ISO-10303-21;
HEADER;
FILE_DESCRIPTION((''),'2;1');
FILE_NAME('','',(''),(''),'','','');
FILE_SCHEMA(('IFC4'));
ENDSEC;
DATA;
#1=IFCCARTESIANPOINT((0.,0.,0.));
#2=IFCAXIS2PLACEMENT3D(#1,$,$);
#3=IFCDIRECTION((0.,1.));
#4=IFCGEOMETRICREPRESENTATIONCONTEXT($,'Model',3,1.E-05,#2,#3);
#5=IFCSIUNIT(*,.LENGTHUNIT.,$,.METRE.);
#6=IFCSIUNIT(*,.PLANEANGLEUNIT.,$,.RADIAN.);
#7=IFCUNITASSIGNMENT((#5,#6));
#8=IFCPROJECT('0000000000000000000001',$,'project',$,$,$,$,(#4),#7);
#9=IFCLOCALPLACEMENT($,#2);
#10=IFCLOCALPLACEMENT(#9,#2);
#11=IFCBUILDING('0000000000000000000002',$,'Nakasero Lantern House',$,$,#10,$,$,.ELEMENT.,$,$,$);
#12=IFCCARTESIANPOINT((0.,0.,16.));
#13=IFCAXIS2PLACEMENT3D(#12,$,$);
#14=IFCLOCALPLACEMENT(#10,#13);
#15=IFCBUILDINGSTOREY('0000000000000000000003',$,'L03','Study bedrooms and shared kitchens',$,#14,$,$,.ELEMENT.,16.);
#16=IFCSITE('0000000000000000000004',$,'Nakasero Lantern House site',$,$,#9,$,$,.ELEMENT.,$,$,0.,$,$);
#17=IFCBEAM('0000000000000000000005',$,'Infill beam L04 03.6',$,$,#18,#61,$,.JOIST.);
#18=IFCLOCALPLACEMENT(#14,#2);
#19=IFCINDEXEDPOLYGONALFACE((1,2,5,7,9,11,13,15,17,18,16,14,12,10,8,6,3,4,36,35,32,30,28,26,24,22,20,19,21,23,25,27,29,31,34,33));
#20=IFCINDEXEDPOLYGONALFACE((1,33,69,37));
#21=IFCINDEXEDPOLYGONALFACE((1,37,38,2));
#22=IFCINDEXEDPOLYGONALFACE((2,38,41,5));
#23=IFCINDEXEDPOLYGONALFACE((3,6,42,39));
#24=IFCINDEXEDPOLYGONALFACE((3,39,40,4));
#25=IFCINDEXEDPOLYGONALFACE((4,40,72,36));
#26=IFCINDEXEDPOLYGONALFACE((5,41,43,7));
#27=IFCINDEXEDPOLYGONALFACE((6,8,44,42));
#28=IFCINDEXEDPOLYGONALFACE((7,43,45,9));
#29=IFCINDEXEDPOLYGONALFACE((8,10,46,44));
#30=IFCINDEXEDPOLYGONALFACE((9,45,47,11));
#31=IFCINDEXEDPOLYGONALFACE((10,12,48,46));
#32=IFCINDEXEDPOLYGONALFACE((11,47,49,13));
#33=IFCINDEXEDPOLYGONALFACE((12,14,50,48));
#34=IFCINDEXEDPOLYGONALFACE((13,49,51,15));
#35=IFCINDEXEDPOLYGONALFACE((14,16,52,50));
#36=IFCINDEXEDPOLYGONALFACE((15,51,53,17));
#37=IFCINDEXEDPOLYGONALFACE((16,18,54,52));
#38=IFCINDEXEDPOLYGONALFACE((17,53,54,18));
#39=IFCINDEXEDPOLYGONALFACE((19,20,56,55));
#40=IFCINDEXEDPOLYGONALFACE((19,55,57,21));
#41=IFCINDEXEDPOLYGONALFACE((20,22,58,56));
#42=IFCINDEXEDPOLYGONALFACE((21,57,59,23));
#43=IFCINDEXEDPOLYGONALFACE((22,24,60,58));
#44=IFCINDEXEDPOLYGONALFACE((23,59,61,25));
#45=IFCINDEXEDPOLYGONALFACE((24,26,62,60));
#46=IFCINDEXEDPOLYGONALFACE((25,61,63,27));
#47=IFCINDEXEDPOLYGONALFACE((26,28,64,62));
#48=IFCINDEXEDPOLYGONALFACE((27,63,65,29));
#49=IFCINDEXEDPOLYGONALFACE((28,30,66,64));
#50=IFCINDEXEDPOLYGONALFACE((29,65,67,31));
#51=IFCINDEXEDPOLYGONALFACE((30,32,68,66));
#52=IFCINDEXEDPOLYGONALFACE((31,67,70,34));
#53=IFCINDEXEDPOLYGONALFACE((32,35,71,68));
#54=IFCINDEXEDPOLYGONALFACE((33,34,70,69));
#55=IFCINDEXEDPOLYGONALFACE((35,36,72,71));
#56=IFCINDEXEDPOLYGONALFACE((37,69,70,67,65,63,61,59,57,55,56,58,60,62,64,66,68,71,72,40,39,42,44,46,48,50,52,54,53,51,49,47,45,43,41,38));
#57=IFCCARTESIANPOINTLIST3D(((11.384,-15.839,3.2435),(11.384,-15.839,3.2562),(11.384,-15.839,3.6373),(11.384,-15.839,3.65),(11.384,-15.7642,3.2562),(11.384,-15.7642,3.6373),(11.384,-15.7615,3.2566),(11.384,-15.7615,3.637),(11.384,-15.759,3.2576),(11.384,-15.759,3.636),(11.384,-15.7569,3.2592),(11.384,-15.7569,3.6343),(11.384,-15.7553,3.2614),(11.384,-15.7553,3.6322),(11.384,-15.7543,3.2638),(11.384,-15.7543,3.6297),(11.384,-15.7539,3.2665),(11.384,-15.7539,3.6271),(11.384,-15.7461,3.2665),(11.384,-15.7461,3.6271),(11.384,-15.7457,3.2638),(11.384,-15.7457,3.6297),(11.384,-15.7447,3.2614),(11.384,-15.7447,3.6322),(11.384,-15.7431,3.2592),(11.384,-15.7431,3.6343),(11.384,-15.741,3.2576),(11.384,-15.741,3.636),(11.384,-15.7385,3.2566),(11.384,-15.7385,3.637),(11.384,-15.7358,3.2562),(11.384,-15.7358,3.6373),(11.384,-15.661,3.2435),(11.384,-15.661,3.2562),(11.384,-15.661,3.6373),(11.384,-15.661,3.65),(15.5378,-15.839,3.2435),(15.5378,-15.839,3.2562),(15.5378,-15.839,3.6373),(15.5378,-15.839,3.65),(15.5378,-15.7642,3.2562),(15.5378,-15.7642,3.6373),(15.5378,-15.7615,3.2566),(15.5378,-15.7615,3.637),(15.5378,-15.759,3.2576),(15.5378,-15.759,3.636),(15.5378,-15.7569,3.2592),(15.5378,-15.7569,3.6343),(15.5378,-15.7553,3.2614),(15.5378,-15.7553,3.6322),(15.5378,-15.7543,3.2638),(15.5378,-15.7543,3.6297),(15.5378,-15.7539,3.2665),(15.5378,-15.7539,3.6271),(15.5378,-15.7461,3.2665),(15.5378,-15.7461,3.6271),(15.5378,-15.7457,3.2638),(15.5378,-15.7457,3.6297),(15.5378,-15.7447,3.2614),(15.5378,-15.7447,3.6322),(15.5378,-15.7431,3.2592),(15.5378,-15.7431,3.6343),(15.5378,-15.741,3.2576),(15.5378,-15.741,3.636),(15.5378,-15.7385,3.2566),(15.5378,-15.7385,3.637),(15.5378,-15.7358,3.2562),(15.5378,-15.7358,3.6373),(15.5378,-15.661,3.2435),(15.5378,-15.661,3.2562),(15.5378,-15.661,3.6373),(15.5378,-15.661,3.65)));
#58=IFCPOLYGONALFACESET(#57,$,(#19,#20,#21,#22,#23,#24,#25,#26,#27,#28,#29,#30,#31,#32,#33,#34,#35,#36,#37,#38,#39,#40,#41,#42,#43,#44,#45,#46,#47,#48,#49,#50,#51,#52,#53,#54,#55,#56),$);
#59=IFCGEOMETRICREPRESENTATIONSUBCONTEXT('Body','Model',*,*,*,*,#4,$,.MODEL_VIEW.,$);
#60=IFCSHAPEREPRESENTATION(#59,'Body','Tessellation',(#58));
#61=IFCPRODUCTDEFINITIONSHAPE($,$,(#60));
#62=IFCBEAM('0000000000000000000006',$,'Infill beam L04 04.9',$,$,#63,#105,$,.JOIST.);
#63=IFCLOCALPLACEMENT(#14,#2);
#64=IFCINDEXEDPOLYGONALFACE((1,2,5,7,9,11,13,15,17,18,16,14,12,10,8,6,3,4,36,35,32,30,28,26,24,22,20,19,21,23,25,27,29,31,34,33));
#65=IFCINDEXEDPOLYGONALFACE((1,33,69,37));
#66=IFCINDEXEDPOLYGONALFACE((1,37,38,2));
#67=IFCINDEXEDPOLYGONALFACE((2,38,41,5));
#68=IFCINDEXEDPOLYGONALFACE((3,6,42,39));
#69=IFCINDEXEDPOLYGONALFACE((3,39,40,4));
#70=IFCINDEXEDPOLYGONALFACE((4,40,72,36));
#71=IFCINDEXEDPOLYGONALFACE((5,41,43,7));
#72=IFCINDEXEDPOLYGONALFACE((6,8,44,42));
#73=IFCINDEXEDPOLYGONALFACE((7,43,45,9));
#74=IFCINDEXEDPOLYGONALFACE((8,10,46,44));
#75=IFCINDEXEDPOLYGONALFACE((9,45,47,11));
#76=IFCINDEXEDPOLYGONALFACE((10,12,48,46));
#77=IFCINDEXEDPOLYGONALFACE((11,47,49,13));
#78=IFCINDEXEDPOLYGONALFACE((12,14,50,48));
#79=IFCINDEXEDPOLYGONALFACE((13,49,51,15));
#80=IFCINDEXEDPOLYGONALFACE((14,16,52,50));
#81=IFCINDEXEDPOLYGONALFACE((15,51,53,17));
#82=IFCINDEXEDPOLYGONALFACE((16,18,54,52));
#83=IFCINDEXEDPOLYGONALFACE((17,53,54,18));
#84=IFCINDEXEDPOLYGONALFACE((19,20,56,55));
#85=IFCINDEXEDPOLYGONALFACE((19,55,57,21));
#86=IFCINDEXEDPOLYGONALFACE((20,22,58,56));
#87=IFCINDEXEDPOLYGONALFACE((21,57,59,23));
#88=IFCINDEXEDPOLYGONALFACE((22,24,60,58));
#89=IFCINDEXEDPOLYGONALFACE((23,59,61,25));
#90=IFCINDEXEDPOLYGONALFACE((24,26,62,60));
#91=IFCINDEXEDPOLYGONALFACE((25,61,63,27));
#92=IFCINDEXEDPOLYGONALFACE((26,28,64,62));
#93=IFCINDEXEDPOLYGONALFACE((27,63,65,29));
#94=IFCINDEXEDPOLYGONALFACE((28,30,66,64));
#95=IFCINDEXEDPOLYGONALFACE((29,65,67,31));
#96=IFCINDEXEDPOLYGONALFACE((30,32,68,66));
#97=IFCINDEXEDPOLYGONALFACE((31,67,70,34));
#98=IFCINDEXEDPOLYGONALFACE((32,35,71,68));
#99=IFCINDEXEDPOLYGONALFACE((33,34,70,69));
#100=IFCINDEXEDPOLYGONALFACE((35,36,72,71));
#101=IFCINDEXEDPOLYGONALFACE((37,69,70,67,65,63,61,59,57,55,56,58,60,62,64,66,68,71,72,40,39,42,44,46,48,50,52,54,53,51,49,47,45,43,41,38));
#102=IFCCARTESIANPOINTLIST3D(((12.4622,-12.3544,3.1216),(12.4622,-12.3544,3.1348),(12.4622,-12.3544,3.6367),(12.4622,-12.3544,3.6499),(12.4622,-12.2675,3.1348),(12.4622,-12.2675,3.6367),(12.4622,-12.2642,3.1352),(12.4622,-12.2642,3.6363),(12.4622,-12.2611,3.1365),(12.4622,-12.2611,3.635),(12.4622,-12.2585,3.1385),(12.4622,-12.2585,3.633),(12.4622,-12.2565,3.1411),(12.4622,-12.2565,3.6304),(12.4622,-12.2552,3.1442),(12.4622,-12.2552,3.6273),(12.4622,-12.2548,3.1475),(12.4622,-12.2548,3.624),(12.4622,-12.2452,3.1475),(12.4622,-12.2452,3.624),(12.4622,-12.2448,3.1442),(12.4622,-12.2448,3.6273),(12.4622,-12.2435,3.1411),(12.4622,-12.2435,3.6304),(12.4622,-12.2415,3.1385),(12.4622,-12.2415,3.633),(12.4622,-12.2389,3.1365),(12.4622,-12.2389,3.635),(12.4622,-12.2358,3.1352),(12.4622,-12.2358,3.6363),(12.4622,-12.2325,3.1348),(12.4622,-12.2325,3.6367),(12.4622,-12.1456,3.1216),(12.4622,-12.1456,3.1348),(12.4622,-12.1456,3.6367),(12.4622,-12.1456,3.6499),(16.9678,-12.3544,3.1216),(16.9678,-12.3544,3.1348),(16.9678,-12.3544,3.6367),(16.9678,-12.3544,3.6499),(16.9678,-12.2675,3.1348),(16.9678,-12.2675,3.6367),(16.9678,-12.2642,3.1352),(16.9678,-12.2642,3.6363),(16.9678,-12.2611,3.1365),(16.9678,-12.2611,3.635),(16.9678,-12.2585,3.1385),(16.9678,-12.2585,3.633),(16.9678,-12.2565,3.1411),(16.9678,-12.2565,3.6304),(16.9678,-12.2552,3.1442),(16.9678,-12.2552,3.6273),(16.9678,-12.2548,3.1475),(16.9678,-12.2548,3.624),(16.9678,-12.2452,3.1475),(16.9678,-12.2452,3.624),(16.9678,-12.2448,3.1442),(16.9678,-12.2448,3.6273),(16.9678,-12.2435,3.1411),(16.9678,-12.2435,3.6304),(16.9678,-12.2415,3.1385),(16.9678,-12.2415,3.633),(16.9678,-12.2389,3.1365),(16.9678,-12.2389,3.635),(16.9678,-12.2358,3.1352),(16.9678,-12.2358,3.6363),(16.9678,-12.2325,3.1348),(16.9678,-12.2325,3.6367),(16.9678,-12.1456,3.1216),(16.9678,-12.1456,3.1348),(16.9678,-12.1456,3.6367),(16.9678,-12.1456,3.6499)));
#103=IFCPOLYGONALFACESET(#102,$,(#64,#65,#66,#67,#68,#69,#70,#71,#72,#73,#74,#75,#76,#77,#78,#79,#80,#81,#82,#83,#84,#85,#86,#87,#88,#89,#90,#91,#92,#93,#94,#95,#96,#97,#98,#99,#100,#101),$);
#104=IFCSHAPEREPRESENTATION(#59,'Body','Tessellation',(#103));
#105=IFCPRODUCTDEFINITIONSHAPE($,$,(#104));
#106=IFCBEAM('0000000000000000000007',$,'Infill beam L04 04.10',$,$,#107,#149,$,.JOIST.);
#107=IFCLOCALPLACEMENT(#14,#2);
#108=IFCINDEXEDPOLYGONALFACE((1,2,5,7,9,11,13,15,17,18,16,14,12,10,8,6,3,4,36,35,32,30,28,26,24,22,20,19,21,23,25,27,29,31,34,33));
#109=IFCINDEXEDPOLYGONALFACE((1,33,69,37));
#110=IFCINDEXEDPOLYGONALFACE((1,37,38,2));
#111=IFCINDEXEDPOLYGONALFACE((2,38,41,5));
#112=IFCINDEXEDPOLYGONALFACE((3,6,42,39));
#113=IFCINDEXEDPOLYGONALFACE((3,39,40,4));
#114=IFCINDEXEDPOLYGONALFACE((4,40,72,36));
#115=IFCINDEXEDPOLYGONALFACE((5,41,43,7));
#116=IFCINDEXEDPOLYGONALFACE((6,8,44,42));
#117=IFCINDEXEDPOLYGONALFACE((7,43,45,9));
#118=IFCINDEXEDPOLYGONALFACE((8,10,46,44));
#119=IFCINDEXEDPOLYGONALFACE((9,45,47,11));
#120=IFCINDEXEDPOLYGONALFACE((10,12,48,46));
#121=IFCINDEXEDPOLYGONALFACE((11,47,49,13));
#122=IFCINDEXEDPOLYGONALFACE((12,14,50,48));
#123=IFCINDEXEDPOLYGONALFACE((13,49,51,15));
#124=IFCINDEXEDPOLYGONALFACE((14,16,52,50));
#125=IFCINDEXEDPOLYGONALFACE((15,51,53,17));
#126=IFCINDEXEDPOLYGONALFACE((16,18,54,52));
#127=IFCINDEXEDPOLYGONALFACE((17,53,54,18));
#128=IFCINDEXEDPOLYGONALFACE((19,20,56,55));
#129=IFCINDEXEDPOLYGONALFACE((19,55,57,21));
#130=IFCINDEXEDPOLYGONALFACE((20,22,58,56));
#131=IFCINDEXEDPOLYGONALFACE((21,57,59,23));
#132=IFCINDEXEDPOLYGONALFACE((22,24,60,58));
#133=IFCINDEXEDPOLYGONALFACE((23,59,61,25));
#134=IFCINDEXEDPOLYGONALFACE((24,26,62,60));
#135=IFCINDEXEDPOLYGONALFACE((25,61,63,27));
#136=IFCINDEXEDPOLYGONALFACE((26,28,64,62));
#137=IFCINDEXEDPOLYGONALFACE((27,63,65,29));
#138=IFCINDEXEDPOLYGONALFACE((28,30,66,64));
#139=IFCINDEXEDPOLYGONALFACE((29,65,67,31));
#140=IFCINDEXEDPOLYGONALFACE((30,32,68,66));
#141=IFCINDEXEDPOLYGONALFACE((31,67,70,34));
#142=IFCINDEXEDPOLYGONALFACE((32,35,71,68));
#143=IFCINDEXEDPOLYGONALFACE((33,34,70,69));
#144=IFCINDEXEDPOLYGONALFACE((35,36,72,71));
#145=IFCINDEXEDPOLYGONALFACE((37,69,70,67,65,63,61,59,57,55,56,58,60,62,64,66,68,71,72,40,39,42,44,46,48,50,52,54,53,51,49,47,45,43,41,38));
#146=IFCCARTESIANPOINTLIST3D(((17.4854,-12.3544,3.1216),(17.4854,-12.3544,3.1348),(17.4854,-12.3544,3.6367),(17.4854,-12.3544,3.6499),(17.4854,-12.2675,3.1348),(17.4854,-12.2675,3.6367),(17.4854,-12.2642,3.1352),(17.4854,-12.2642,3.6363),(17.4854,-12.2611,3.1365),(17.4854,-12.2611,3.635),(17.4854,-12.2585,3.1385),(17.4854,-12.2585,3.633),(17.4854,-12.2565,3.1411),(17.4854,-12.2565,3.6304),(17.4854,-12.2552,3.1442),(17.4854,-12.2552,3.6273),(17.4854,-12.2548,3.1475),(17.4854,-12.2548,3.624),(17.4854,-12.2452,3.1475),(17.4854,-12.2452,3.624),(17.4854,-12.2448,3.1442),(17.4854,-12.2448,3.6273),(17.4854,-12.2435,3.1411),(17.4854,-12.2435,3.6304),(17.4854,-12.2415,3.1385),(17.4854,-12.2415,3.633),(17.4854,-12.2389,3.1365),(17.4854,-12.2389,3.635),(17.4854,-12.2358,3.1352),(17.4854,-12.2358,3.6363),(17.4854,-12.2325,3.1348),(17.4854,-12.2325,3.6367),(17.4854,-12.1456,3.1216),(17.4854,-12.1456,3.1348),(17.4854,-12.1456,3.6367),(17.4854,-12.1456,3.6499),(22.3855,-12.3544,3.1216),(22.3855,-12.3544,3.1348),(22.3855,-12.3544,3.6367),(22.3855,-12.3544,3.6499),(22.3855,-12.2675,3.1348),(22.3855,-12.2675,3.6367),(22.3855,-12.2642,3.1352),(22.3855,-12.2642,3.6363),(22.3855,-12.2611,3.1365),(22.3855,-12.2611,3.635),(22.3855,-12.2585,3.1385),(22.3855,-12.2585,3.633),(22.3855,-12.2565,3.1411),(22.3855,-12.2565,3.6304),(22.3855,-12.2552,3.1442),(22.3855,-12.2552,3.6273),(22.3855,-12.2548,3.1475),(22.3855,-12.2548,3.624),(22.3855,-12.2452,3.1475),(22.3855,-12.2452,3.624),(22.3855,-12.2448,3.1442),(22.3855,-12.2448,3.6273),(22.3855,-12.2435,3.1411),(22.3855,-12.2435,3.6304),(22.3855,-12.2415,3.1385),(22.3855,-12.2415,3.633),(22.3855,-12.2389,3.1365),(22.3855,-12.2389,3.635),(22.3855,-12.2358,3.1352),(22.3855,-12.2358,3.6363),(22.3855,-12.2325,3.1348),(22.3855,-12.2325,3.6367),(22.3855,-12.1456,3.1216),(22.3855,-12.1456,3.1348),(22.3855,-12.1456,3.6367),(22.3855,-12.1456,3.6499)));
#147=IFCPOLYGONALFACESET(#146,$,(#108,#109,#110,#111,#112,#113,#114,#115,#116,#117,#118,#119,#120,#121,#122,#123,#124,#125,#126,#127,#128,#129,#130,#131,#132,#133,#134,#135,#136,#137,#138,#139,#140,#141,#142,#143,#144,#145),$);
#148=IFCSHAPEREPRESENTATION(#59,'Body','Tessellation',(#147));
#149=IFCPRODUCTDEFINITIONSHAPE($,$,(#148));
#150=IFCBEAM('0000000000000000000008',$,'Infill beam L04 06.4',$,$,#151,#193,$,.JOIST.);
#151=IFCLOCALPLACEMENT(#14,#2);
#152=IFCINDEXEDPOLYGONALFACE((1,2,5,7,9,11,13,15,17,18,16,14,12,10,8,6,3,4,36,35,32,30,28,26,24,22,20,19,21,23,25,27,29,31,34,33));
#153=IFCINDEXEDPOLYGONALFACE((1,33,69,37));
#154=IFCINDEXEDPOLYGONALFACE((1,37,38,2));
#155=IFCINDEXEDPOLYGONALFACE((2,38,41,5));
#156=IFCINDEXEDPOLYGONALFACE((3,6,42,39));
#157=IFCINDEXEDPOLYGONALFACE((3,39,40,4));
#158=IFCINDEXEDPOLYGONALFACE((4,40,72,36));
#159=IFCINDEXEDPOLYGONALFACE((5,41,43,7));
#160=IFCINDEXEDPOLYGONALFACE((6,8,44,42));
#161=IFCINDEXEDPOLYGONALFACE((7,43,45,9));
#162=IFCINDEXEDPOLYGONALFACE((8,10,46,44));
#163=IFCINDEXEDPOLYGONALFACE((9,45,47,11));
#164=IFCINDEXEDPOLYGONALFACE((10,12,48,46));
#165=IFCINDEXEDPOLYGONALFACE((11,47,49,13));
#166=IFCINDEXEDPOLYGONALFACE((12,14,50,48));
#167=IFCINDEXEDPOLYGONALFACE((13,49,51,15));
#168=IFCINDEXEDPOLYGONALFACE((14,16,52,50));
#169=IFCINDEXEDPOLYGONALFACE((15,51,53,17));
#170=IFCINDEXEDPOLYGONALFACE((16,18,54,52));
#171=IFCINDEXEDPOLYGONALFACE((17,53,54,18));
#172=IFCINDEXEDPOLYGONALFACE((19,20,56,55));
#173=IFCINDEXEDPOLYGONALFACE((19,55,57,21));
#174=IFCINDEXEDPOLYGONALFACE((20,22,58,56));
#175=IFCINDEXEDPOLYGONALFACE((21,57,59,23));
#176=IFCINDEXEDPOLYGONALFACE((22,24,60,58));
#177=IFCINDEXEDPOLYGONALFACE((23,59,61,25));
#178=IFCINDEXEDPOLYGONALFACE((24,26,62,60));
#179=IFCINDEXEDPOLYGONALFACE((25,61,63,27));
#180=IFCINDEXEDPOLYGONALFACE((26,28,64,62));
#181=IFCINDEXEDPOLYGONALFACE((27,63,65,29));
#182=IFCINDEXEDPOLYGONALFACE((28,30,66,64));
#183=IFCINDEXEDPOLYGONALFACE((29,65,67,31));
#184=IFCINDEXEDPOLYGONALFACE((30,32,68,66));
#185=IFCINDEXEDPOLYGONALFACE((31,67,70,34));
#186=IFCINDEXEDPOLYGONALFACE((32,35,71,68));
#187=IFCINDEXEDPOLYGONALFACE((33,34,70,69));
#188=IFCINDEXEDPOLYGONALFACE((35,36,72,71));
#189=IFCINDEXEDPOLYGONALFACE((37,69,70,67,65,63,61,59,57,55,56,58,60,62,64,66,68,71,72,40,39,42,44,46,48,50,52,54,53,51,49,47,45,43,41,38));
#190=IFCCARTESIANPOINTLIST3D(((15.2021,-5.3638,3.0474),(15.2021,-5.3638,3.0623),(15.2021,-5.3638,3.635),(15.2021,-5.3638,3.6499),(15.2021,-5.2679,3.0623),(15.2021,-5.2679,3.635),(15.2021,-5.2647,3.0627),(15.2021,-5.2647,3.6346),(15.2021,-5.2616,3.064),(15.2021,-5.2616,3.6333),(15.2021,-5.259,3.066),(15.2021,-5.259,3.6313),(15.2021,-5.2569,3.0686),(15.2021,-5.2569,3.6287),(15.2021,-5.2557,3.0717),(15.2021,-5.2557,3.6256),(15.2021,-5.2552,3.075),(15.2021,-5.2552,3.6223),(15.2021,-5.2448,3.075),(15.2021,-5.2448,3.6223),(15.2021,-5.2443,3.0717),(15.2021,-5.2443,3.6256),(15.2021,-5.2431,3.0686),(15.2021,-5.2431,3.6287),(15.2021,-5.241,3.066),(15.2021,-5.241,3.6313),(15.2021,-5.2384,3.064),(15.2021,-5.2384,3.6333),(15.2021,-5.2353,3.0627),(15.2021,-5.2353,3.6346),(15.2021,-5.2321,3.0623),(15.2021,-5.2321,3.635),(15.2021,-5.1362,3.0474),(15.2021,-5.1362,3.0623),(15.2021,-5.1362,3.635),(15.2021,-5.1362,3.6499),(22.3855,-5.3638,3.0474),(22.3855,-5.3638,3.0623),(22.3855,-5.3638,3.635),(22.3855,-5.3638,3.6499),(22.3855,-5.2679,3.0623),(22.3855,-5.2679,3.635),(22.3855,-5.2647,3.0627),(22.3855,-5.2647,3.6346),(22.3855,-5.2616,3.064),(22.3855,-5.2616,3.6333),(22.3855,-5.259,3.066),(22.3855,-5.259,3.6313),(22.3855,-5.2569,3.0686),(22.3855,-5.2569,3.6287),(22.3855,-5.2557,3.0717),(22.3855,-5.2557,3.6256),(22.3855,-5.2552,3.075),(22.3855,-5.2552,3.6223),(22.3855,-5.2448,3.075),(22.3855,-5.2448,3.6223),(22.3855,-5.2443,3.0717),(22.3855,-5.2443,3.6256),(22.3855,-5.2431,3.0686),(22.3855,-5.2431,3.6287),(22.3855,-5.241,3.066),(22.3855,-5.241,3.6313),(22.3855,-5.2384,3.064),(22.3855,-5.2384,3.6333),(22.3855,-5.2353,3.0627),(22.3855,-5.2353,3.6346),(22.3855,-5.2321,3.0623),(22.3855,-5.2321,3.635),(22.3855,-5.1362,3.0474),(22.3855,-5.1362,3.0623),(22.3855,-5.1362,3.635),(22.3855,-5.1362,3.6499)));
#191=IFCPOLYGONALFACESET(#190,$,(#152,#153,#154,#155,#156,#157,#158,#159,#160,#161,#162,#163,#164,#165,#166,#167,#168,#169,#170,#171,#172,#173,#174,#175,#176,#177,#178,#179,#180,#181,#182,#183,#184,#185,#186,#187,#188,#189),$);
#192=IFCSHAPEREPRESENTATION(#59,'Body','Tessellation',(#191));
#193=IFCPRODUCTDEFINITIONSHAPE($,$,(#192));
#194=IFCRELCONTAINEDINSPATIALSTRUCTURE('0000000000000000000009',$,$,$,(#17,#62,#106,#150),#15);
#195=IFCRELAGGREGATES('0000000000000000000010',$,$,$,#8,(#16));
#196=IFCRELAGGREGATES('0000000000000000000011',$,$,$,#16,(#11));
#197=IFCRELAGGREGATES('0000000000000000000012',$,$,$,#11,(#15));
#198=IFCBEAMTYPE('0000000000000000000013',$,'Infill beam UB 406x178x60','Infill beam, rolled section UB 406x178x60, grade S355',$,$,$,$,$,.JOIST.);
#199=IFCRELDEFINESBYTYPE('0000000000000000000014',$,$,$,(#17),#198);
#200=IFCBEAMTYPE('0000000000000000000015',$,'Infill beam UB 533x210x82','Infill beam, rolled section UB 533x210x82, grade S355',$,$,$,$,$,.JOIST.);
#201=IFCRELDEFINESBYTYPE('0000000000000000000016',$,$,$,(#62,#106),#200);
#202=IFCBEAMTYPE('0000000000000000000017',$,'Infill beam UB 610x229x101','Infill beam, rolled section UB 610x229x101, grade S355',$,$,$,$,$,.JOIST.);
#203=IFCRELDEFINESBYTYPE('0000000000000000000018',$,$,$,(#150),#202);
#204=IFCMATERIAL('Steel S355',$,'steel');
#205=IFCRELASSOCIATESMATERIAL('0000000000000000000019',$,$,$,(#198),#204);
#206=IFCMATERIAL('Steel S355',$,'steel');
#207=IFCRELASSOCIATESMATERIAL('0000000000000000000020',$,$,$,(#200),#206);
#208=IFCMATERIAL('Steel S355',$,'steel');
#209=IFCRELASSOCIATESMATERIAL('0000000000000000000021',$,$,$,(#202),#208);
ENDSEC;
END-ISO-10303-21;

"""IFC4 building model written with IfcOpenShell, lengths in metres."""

from ifc_helpers import new_model, si_unit, direction, frame, origin, origin_2d, place, context, subcontext, project, spatial, i_section, extrude, material, material_profile, profile_set, type_object, element, save


model = new_model("IFC4")

# Units and contexts
model_context = context("Model", 3, precision=1e-05, world=origin(), true_north=direction((0.0, 1.0)))
body_context = subcontext(model_context, "Body", "Model", "MODEL_VIEW")
ifc_project = project(units=[si_unit("LENGTHUNIT", "METRE"), si_unit("PLANEANGLEUNIT", "RADIAN")], contexts=[model_context])

# Site, building, storey
site_placement = place(None, origin())
site = spatial("IfcSite", under=ifc_project, at=site_placement, Name="Nakasero Lantern House site", CompositionType="ELEMENT", RefElevation=0.0)
building_placement = place(site_placement, origin())
building = spatial("IfcBuilding", under=site, at=building_placement, Name="Nakasero Lantern House", CompositionType="ELEMENT")
storey_placement = place(building_placement, frame((0.0, 0.0, 16.0)))
storey = spatial("IfcBuildingStorey", under=building, at=storey_placement, Name="L03", Description="Study bedrooms and shared kitchens", CompositionType="ELEMENT", Elevation=16.0)

# Beams
ifc_material_1 = material(Name="Steel S355", Category="steel")
ifc_material_profile_1 = material_profile(ifc_material_1, i_section(OverallWidth=0.178, OverallDepth=0.4065, WebThickness=0.0078, FlangeThickness=0.0127, FilletRadius=0.0103, at=origin_2d()), Name="UB 406x178x60")
ifc_profile_set_1 = profile_set([ifc_material_profile_1], Name="Steel S355")
beam_type_1 = type_object("IfcBeamType", Name="Infill beam UB 406x178x60", Description="Infill beam, rolled section UB 406x178x60, grade S355", PredefinedType="JOIST", material=ifc_profile_set_1)
beam_1_placement = place(storey_placement, frame((11.384, -15.75, 3.4468), z_axis=(1.0, 0.0, 0.0), x_axis=(0.0, 1.0, 0.0)))
element("IfcBeam", 1, at=beam_1_placement, inside=storey, type_object=beam_type_1, Name="Infill beam L04 03.6", PredefinedType="JOIST", context=body_context, shape_type="SweptSolid", body=[
    extrude(i_section(OverallWidth=0.178, OverallDepth=0.4065, WebThickness=0.0078, FlangeThickness=0.0127, FilletRadius=0.0103, at=origin_2d()), origin(), (0.0, 0.0, 1.0), 4.1538),
])
ifc_material_2 = material(Name="Steel S355", Category="steel")
ifc_material_profile_2 = material_profile(ifc_material_2, i_section(OverallWidth=0.2087, OverallDepth=0.5283, WebThickness=0.0095, FlangeThickness=0.0132, FilletRadius=0.0127, at=origin_2d()), Name="UB 533x210x82")
ifc_profile_set_2 = profile_set([ifc_material_profile_2], Name="Steel S355")
beam_type_2 = type_object("IfcBeamType", Name="Infill beam UB 533x210x82", Description="Infill beam, rolled section UB 533x210x82, grade S355", PredefinedType="JOIST", material=ifc_profile_set_2)
beam_2_placement = place(storey_placement, frame((12.4622, -12.25, 3.3857), z_axis=(1.0, 0.0, 0.0), x_axis=(0.0, 1.0, 0.0)))
element("IfcBeam", 2, at=beam_2_placement, inside=storey, type_object=beam_type_2, Name="Infill beam L04 04.9", PredefinedType="JOIST", context=body_context, shape_type="SweptSolid", body=[
    extrude(i_section(OverallWidth=0.2087, OverallDepth=0.5283, WebThickness=0.0095, FlangeThickness=0.0132, FilletRadius=0.0127, at=origin_2d()), origin(), (0.0, 0.0, 1.0), 4.5056),
])
beam_3_placement = place(storey_placement, frame((17.4854, -12.25, 3.3857), z_axis=(1.0, 0.0, 0.0), x_axis=(0.0, 1.0, 0.0)))
element("IfcBeam", 3, at=beam_3_placement, inside=storey, type_object=beam_type_2, Name="Infill beam L04 04.10", PredefinedType="JOIST", context=body_context, shape_type="SweptSolid", body=[
    extrude(i_section(OverallWidth=0.2087, OverallDepth=0.5283, WebThickness=0.0095, FlangeThickness=0.0132, FilletRadius=0.0127, at=origin_2d()), origin(), (0.0, 0.0, 1.0), 4.9001),
])
ifc_material_3 = material(Name="Steel S355", Category="steel")
ifc_material_profile_3 = material_profile(ifc_material_3, i_section(OverallWidth=0.2275, OverallDepth=0.6025, WebThickness=0.0105, FlangeThickness=0.0149, FilletRadius=0.0127, at=origin_2d()), Name="UB 610x229x101")
ifc_profile_set_3 = profile_set([ifc_material_profile_3], Name="Steel S355")
beam_type_3 = type_object("IfcBeamType", Name="Infill beam UB 610x229x101", Description="Infill beam, rolled section UB 610x229x101, grade S355", PredefinedType="JOIST", material=ifc_profile_set_3)
beam_4_placement = place(storey_placement, frame((15.2021, -5.25, 3.3486), z_axis=(1.0, 0.0, 0.0), x_axis=(0.0, 1.0, 0.0)))
element("IfcBeam", 4, at=beam_4_placement, inside=storey, type_object=beam_type_3, Name="Infill beam L04 06.4", PredefinedType="JOIST", context=body_context, shape_type="SweptSolid", body=[
    extrude(i_section(OverallWidth=0.2275, OverallDepth=0.6025, WebThickness=0.0105, FlangeThickness=0.0149, FilletRadius=0.0127, at=origin_2d()), origin(), (0.0, 0.0, 1.0), 7.1833),
])

save(model, "model.ifc")
